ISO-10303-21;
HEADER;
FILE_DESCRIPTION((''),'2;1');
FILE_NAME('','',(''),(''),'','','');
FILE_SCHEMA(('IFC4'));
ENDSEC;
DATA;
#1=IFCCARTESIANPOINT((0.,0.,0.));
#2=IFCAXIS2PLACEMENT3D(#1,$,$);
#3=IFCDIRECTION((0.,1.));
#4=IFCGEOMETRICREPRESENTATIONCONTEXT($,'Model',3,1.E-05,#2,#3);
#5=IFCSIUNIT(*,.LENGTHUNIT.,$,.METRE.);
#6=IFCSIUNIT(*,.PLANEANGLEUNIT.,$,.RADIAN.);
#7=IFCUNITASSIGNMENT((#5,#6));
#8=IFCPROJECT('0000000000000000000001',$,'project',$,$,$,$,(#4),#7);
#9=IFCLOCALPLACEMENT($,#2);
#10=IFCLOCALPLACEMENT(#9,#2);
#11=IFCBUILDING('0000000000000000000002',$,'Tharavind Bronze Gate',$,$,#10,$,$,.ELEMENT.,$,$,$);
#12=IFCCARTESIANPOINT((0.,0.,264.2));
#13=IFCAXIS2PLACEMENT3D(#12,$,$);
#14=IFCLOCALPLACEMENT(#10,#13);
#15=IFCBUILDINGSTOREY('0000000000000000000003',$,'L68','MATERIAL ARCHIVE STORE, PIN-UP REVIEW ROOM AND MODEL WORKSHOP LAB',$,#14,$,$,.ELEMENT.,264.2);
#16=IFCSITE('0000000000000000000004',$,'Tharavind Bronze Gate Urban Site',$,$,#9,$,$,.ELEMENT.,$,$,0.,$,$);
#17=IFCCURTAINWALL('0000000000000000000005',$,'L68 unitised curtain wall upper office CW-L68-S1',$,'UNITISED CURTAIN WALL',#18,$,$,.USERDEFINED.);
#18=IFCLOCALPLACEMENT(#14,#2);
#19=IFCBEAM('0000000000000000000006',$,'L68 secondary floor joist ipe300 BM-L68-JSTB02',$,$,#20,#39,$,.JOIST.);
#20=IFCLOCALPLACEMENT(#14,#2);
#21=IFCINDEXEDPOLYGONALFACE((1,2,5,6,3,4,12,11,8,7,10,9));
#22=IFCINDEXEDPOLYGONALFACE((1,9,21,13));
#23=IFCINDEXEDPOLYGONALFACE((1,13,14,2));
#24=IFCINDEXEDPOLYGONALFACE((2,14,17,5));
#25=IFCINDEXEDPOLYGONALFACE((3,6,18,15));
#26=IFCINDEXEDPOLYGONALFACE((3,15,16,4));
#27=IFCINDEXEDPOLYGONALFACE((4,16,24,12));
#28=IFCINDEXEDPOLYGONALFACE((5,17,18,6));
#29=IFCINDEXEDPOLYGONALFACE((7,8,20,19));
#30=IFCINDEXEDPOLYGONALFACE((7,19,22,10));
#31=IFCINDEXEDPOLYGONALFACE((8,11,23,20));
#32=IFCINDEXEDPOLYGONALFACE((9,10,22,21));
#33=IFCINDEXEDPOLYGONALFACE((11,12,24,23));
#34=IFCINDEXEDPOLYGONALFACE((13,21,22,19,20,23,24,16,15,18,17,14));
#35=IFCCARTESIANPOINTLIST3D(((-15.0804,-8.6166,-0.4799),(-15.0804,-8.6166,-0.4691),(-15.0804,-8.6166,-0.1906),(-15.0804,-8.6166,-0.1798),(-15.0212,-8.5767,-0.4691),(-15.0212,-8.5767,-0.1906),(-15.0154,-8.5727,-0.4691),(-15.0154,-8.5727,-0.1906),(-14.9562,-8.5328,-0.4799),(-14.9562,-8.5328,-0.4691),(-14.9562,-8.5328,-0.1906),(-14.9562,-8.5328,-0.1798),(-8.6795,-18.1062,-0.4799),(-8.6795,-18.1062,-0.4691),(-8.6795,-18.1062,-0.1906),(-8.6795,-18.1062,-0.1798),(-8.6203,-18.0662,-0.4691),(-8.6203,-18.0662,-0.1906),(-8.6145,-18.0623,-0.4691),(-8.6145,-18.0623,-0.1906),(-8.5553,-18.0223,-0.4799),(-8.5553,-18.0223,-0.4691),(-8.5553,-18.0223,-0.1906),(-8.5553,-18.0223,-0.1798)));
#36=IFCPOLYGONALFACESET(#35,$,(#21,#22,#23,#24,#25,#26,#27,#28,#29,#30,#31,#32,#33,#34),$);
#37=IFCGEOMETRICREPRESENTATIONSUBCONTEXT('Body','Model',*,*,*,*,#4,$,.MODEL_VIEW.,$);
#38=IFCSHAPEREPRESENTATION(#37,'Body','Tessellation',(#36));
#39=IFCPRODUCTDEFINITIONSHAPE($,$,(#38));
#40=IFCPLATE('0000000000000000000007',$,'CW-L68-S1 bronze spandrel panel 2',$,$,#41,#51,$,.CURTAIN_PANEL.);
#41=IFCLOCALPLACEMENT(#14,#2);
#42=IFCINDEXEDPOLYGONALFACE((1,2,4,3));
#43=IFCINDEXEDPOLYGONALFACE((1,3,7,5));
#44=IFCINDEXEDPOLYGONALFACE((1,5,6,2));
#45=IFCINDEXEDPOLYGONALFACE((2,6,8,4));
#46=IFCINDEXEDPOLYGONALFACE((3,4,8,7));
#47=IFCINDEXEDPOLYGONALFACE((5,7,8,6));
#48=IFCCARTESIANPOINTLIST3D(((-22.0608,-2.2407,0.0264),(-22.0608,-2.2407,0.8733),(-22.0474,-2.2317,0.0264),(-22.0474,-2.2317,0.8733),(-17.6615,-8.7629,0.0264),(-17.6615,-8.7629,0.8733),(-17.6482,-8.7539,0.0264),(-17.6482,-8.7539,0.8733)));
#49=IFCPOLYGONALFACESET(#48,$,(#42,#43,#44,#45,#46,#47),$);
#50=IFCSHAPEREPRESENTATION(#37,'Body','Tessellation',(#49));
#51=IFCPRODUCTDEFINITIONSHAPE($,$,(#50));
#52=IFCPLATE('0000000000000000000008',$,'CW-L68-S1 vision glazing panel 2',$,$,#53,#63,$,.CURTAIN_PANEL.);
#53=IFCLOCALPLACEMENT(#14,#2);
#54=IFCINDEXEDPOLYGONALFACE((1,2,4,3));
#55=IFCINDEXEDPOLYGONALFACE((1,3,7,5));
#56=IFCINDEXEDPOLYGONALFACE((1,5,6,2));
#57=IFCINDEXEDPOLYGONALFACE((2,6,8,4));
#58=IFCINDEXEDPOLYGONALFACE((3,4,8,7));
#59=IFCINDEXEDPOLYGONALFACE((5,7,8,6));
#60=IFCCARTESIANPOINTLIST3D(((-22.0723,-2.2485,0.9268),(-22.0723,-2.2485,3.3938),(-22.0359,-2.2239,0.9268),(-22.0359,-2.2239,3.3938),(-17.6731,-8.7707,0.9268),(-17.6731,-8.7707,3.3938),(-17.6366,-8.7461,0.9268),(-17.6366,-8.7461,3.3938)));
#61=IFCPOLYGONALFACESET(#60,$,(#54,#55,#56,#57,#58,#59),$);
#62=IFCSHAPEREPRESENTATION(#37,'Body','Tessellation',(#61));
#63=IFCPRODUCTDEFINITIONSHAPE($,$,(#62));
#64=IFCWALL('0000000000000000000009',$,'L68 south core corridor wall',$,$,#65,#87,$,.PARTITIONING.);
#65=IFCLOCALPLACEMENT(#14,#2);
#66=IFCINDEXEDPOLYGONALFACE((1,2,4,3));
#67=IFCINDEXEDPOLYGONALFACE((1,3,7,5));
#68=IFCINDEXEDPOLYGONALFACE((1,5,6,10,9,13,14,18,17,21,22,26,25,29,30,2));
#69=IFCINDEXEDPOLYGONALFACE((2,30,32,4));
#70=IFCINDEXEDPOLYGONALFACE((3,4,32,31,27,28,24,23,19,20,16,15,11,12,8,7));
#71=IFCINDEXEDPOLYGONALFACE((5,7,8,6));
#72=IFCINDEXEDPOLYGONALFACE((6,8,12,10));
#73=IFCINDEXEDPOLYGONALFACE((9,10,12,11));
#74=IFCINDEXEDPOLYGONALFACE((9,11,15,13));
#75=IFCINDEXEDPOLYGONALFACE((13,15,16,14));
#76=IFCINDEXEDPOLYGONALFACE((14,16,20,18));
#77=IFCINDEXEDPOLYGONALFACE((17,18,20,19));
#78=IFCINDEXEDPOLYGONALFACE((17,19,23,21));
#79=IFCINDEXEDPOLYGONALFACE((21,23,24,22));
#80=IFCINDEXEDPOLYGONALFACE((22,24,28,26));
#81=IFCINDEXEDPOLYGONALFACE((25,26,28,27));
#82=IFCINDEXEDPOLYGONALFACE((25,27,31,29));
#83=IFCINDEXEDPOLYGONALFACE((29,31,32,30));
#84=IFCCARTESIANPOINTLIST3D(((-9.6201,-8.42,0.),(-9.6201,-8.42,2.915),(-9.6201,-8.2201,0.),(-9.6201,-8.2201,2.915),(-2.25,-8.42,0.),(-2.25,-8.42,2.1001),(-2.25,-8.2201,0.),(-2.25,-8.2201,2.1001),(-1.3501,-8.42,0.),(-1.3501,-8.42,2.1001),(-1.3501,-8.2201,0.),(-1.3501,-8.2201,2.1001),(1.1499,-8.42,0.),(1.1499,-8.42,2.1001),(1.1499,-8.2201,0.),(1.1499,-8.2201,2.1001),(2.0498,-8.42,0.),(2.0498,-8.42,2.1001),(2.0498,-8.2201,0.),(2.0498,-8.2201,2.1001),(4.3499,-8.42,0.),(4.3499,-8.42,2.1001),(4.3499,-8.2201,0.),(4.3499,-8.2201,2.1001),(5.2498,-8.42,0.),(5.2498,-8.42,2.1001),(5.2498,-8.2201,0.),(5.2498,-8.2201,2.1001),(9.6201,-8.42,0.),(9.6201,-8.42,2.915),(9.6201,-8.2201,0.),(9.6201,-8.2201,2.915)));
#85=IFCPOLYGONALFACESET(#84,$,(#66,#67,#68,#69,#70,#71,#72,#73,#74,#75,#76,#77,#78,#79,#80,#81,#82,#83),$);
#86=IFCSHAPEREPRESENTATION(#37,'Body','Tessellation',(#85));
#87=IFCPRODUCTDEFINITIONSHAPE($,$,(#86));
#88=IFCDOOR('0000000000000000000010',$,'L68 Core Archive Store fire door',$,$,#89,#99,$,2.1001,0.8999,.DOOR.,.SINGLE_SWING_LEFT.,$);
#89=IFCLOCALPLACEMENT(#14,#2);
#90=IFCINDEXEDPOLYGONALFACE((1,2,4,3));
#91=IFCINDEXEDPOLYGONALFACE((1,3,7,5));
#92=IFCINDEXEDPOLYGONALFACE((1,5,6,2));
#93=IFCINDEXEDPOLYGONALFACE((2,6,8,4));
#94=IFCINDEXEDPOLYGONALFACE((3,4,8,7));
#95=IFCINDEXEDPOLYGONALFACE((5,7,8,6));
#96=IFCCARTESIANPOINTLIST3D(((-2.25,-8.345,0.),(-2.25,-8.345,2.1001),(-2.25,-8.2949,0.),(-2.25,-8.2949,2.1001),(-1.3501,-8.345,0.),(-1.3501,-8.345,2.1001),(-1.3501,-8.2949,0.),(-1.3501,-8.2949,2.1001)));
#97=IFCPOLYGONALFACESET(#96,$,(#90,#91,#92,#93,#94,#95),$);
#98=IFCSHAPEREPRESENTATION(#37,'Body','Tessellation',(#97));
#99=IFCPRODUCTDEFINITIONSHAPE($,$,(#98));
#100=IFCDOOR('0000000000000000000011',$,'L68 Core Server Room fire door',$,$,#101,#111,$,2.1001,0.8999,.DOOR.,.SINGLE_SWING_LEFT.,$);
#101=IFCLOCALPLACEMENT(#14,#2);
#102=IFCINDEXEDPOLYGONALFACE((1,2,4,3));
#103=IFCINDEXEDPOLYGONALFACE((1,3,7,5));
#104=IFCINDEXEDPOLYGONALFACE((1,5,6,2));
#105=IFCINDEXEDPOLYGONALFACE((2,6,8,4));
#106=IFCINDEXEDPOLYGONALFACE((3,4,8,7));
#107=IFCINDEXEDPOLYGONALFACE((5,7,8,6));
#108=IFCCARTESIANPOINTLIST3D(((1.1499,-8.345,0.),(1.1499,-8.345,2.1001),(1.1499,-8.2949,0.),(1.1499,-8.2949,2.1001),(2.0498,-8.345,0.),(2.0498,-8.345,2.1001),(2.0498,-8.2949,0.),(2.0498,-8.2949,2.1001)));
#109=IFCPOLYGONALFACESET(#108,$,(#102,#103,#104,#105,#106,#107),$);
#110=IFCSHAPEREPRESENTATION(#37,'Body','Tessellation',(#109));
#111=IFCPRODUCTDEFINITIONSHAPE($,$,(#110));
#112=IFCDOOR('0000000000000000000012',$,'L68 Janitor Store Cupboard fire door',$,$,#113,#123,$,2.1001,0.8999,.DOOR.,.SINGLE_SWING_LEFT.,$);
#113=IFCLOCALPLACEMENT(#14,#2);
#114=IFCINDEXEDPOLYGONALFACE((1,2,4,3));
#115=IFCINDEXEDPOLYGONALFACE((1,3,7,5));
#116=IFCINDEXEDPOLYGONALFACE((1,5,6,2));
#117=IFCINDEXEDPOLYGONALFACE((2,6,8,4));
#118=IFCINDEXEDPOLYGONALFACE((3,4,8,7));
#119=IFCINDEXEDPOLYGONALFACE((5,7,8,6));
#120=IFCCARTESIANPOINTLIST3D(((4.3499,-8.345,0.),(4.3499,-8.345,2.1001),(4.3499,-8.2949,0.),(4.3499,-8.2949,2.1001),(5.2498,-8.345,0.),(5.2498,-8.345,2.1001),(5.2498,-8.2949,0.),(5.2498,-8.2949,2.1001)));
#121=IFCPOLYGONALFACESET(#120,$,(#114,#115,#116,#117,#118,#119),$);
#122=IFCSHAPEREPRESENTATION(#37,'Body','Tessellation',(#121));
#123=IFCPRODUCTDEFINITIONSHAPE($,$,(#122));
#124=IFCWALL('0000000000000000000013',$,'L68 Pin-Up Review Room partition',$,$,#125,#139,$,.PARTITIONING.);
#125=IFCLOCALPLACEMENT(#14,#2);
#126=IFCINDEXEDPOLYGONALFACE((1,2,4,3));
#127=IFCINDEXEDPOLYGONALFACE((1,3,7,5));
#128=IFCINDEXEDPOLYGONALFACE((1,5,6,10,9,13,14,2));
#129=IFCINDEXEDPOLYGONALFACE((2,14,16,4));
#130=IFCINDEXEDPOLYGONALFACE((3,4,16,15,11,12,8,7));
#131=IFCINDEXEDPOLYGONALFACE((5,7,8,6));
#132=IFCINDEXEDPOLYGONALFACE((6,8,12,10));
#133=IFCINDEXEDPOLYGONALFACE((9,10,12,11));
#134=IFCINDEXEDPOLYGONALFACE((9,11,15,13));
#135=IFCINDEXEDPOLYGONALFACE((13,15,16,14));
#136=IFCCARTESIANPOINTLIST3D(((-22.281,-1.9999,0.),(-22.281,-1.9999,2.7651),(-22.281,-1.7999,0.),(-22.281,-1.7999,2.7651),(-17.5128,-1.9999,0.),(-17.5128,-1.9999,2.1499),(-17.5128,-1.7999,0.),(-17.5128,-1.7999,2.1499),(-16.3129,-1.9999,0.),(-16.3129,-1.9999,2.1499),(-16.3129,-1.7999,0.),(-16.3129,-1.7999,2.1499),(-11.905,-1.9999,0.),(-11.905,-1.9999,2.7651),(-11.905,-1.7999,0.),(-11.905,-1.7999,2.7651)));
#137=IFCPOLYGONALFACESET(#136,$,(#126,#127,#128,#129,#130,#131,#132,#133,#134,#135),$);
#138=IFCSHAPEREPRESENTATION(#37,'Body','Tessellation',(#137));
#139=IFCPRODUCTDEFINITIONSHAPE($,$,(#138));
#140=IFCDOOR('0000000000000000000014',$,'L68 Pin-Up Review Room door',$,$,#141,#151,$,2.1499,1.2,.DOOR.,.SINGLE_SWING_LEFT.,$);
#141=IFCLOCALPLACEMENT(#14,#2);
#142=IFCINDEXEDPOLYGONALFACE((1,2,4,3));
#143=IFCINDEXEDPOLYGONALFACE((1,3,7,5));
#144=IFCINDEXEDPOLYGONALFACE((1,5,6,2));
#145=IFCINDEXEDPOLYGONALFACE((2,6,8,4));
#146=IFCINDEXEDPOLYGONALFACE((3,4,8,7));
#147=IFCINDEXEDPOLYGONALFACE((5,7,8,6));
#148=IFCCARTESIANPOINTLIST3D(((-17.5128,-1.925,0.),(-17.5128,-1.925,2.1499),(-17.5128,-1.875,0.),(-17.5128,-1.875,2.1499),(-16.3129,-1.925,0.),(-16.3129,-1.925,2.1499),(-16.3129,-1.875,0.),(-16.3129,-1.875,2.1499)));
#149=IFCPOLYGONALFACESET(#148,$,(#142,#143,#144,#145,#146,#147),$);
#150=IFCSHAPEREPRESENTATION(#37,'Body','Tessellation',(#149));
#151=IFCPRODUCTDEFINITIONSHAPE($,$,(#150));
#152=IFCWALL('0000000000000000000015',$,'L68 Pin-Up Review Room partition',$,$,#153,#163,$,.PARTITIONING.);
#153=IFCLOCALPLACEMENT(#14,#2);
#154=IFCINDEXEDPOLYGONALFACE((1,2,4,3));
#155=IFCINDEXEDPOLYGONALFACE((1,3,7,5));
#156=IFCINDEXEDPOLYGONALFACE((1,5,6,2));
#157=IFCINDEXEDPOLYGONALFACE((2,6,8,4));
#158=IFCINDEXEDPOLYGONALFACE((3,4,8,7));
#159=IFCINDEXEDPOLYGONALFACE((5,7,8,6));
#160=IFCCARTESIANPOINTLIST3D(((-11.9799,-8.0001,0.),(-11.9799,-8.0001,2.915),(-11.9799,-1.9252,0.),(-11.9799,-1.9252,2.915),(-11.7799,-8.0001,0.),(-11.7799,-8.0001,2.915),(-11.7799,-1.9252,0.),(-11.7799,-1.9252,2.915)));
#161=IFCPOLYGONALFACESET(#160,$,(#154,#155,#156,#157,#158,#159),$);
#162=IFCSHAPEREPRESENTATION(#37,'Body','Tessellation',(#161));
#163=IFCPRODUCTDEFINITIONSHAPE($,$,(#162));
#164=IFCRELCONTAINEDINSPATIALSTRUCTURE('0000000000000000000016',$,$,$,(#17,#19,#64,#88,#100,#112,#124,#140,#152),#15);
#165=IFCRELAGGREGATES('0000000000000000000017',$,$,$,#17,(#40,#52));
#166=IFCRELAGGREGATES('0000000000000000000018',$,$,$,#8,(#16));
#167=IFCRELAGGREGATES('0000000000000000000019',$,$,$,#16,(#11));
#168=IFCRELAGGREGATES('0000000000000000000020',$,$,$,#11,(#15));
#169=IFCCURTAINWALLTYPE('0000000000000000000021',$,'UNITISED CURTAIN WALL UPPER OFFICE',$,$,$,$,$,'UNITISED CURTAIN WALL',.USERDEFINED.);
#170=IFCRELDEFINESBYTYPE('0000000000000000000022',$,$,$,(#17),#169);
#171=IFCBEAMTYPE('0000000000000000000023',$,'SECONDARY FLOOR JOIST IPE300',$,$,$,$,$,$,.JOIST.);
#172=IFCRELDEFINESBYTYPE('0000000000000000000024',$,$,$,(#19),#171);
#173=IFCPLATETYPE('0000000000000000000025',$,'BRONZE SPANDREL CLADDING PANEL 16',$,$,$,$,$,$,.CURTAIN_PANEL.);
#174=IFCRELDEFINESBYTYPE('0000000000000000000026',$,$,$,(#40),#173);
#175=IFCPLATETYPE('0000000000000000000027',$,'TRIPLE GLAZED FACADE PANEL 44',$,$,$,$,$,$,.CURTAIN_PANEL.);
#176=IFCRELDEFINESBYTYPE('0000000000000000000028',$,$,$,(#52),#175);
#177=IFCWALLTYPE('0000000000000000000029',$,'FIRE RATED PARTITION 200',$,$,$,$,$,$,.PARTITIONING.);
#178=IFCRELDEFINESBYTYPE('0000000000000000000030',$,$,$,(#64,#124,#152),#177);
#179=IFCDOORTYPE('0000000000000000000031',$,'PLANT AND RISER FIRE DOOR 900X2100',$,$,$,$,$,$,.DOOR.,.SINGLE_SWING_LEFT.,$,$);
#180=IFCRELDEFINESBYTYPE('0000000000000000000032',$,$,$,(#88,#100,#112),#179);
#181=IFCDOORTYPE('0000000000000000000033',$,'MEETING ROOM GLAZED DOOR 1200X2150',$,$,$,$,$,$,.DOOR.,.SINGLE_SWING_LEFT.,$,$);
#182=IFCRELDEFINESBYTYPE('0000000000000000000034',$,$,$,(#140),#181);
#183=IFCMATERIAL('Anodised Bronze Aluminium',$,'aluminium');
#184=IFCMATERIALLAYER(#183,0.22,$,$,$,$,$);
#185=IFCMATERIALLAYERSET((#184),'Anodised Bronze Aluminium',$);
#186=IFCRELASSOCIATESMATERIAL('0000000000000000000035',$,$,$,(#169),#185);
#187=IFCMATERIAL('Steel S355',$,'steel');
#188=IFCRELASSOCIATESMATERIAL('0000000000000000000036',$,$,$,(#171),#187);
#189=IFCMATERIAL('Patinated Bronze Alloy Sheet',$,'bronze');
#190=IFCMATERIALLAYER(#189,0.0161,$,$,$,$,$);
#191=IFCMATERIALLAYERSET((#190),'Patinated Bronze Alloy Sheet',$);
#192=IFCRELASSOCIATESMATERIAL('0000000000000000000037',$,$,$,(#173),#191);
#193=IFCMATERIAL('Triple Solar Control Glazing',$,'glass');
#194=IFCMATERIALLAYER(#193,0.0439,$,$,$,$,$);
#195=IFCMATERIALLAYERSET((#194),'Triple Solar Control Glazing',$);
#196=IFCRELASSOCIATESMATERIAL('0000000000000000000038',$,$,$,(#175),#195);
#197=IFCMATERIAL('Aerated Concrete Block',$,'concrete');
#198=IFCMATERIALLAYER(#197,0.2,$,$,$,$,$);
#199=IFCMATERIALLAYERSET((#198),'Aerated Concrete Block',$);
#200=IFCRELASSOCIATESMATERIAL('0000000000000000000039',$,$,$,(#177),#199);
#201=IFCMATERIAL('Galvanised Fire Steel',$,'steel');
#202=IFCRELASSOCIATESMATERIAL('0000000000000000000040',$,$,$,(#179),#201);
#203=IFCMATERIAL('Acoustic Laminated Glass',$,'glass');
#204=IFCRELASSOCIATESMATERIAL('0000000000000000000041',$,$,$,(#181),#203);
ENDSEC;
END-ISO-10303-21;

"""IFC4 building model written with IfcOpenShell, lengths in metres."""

from ifc_helpers import new_model, si_unit, direction, frame, frame_2d, origin, origin_2d, place, context, subcontext, project, spatial, rectangle, i_section, extrude, material, layer, layer_set, material_profile, profile_set, type_object, element, fill, aggregate, save


model = new_model("IFC4")

# Units and contexts
model_context = context("Model", 3, precision=1e-05, world=origin(), true_north=direction((0.0, 1.0)))
body_context = subcontext(model_context, "Body", "Model", "MODEL_VIEW")
ifc_project = project(units=[si_unit("LENGTHUNIT", "METRE"), si_unit("PLANEANGLEUNIT", "RADIAN")], contexts=[model_context])

# Site, building, storey
site_placement = place(None, origin())
site = spatial("IfcSite", under=ifc_project, at=site_placement, Name="Tharavind Bronze Gate Urban Site", CompositionType="ELEMENT", RefElevation=0.0)
building_placement = place(site_placement, origin())
building = spatial("IfcBuilding", under=site, at=building_placement, Name="Tharavind Bronze Gate", CompositionType="ELEMENT")
storey_placement = place(building_placement, frame((0.0, 0.0, 264.2)))
storey = spatial("IfcBuildingStorey", under=building, at=storey_placement, Name="L68", Description="MATERIAL ARCHIVE STORE, PIN-UP REVIEW ROOM AND MODEL WORKSHOP LAB", CompositionType="ELEMENT", Elevation=264.2)

# Curtain wall
ifc_material_1 = material(Name="Anodised Bronze Aluminium", Category="aluminium")
ifc_layer_1 = layer(ifc_material_1, 0.22)
ifc_layer_set_1 = layer_set([ifc_layer_1], Name="Anodised Bronze Aluminium")
curtain_wall_type = type_object("IfcCurtainWallType", Name="UNITISED CURTAIN WALL UPPER OFFICE", ElementType="UNITISED CURTAIN WALL", PredefinedType="USERDEFINED", material=ifc_layer_set_1)
curtain_wall_placement = place(storey_placement, origin())
curtain_wall = element("IfcCurtainWall", 1, at=curtain_wall_placement, inside=storey, type_object=curtain_wall_type, Name="L68 unitised curtain wall upper office CW-L68-S1", ObjectType="UNITISED CURTAIN WALL", PredefinedType="USERDEFINED")

# Beam
ifc_material_2 = material(Name="Steel S355", Category="steel")
ifc_material_profile_1 = material_profile(ifc_material_2, i_section(OverallWidth=0.1499, OverallDepth=0.3, WebThickness=0.0071, FlangeThickness=0.0107, at=origin_2d()), Name="IPE300")
ifc_profile_set_1 = profile_set([ifc_material_profile_1], Name="Steel S355")
beam_type_1 = type_object("IfcBeamType", Name="SECONDARY FLOOR JOIST IPE300", PredefinedType="JOIST", material=ifc_profile_set_1)
beam_1_placement = place(storey_placement, frame((-15.0183, -8.5747, -0.3298), z_axis=(0.559201, -0.829032, 0.0), x_axis=(0.829032, 0.559201, 0.0)))
element("IfcBeam", 2, at=beam_1_placement, inside=storey, type_object=beam_type_1, Name="L68 secondary floor joist ipe300 BM-L68-JSTB02", PredefinedType="JOIST", context=body_context, shape_type="SweptSolid", body=[
    extrude(i_section(OverallWidth=0.1499, OverallDepth=0.3, WebThickness=0.0071, FlangeThickness=0.0107, at=origin_2d()), origin(), (0.0, 0.0, 1.0), 11.4465),
])

# Plates
ifc_material_3 = material(Name="Patinated Bronze Alloy Sheet", Category="bronze")
ifc_layer_2 = layer(ifc_material_3, 0.0161)
ifc_layer_set_2 = layer_set([ifc_layer_2], Name="Patinated Bronze Alloy Sheet")
plate_type_1 = type_object("IfcPlateType", Name="BRONZE SPANDREL CLADDING PANEL 16", PredefinedType="CURTAIN_PANEL", material=ifc_layer_set_2)
plate_1_placement = place(storey_placement, frame((-19.8545, -5.4973, 0.0264), z_axis=(0.0, 0.0, 1.0), x_axis=(0.559191, -0.829039, 0.0)))
plate_1 = element("IfcPlate", 3, at=plate_1_placement, type_object=plate_type_1, Name="CW-L68-S1 bronze spandrel panel 2", PredefinedType="CURTAIN_PANEL", context=body_context, shape_type="SweptSolid", body=[
    extrude(rectangle(XDim=7.8672, YDim=0.0161, at=origin_2d()), origin(), (0.0, 0.0, 1.0), 0.8469),
])
ifc_material_4 = material(Name="Triple Solar Control Glazing", Category="glass")
ifc_layer_3 = layer(ifc_material_4, 0.0439)
ifc_layer_set_3 = layer_set([ifc_layer_3], Name="Triple Solar Control Glazing")
plate_type_2 = type_object("IfcPlateType", Name="TRIPLE GLAZED FACADE PANEL 44", PredefinedType="CURTAIN_PANEL", material=ifc_layer_set_3)
plate_2_placement = place(storey_placement, frame((-19.8545, -5.4973, 0.9268), z_axis=(0.0, 0.0, 1.0), x_axis=(0.559191, -0.829039, 0.0)))
plate_2 = element("IfcPlate", 4, at=plate_2_placement, type_object=plate_type_2, Name="CW-L68-S1 vision glazing panel 2", PredefinedType="CURTAIN_PANEL", context=body_context, shape_type="SweptSolid", body=[
    extrude(rectangle(XDim=7.8672, YDim=0.0439, at=origin_2d()), origin(), (0.0, 0.0, 1.0), 2.467),
])
aggregate(curtain_wall, [plate_1, plate_2])

# Wall, openings, doors
ifc_material_5 = material(Name="Aerated Concrete Block", Category="concrete")
ifc_layer_4 = layer(ifc_material_5, 0.2)
ifc_layer_set_4 = layer_set([ifc_layer_4], Name="Aerated Concrete Block")
wall_type_1 = type_object("IfcWallType", Name="FIRE RATED PARTITION 200", PredefinedType="PARTITIONING", material=ifc_layer_set_4)
wall_1_placement = place(storey_placement, frame((-9.6201, -8.3201, 0.0), z_axis=(0.0, 0.0, 1.0), x_axis=(1.0, 0.0, 0.0)))
wall_1 = element("IfcWall", 5, at=wall_1_placement, inside=storey, type_object=wall_type_1, Name="L68 south core corridor wall", PredefinedType="PARTITIONING", context=body_context, shape_type="SweptSolid", body=[
    extrude(rectangle(XDim=19.2402, YDim=0.2, at=frame_2d((9.6201, 0.0))), origin(), (0.0, 0.0, 1.0), 2.915),
])
opening_1_placement = place(wall_1_placement, frame((7.3701, 0.0, 0.0)))
opening_1 = element("IfcOpeningElement", 6, at=opening_1_placement, cuts=wall_1, PredefinedType="OPENING", context=body_context, shape_type="SweptSolid", body=[
    extrude(rectangle(XDim=0.8999, YDim=2.1001, at=frame_2d((0.45, 1.05))), frame((0.0, 0.1101, 0.0), z_axis=(0.0, -1.0, 0.0), x_axis=(1.0, 0.0, 0.0)), (0.0, 0.0, 1.0), 0.22),
])
opening_2_placement = place(wall_1_placement, frame((10.77, 0.0, 0.0)))
opening_2 = element("IfcOpeningElement", 7, at=opening_2_placement, cuts=wall_1, PredefinedType="OPENING", context=body_context, shape_type="SweptSolid", body=[
    extrude(rectangle(XDim=0.8999, YDim=2.1001, at=frame_2d((0.45, 1.05))), frame((0.0, 0.1101, 0.0), z_axis=(0.0, -1.0, 0.0), x_axis=(1.0, 0.0, 0.0)), (0.0, 0.0, 1.0), 0.22),
])
opening_3_placement = place(wall_1_placement, frame((13.97, 0.0, 0.0)))
opening_3 = element("IfcOpeningElement", 8, at=opening_3_placement, cuts=wall_1, PredefinedType="OPENING", context=body_context, shape_type="SweptSolid", body=[
    extrude(rectangle(XDim=0.8999, YDim=2.1001, at=frame_2d((0.45, 1.05))), frame((0.0, 0.1101, 0.0), z_axis=(0.0, -1.0, 0.0), x_axis=(1.0, 0.0, 0.0)), (0.0, 0.0, 1.0), 0.22),
])
ifc_material_6 = material(Name="Galvanised Fire Steel", Category="steel")
door_type_1 = type_object("IfcDoorType", Name="PLANT AND RISER FIRE DOOR 900X2100", OperationType="SINGLE_SWING_LEFT", PredefinedType="DOOR", material=ifc_material_6)
door_1_placement = place(opening_1_placement, frame((0.8999, 0.0, 0.0), z_axis=(0.0, 0.0, 1.0), x_axis=(-1.0, 0.0, 0.0)))
door_1 = element("IfcDoor", 9, at=door_1_placement, inside=storey, type_object=door_type_1, Name="L68 Core Archive Store fire door", OperationType="SINGLE_SWING_LEFT", OverallHeight=2.1001, OverallWidth=0.8999, PredefinedType="DOOR", context=body_context, shape_type="SweptSolid", body=[
    extrude(rectangle(XDim=0.8999, YDim=2.1001, at=frame_2d((0.45, 1.05))), frame((0.0, 0.0249, 0.0), z_axis=(0.0, -1.0, 0.0), x_axis=(1.0, 0.0, 0.0)), (0.0, 0.0, 1.0), 0.05),
])
fill(opening_1, door_1)
door_2_placement = place(opening_2_placement, frame((0.8999, 0.0, 0.0), z_axis=(0.0, 0.0, 1.0), x_axis=(-1.0, 0.0, 0.0)))
door_2 = element("IfcDoor", 10, at=door_2_placement, inside=storey, type_object=door_type_1, Name="L68 Core Server Room fire door", OperationType="SINGLE_SWING_LEFT", OverallHeight=2.1001, OverallWidth=0.8999, PredefinedType="DOOR", context=body_context, shape_type="SweptSolid", body=[
    extrude(rectangle(XDim=0.8999, YDim=2.1001, at=frame_2d((0.45, 1.05))), frame((0.0, 0.0249, 0.0), z_axis=(0.0, -1.0, 0.0), x_axis=(1.0, 0.0, 0.0)), (0.0, 0.0, 1.0), 0.05),
])
fill(opening_2, door_2)
door_3_placement = place(opening_3_placement, frame((0.8999, 0.0, 0.0), z_axis=(0.0, 0.0, 1.0), x_axis=(-1.0, 0.0, 0.0)))
door_3 = element("IfcDoor", 11, at=door_3_placement, inside=storey, type_object=door_type_1, Name="L68 Janitor Store Cupboard fire door", OperationType="SINGLE_SWING_LEFT", OverallHeight=2.1001, OverallWidth=0.8999, PredefinedType="DOOR", context=body_context, shape_type="SweptSolid", body=[
    extrude(rectangle(XDim=0.8999, YDim=2.1001, at=frame_2d((0.45, 1.05))), frame((0.0, 0.0249, 0.0), z_axis=(0.0, -1.0, 0.0), x_axis=(1.0, 0.0, 0.0)), (0.0, 0.0, 1.0), 0.05),
])
fill(opening_3, door_3)

# Wall, opening, door
wall_2_placement = place(storey_placement, frame((-22.281, -1.8999, 0.0), z_axis=(0.0, 0.0, 1.0), x_axis=(1.0, 0.0, 0.0)))
wall_2 = element("IfcWall", 12, at=wall_2_placement, inside=storey, type_object=wall_type_1, Name="L68 Pin-Up Review Room partition", PredefinedType="PARTITIONING", context=body_context, shape_type="SweptSolid", body=[
    extrude(rectangle(XDim=10.376, YDim=0.2, at=frame_2d((5.188, 0.0))), origin(), (0.0, 0.0, 1.0), 2.7651),
])
opening_4_placement = place(wall_2_placement, frame((4.7681, 0.0, 0.0)))
opening_4 = element("IfcOpeningElement", 13, at=opening_4_placement, cuts=wall_2, PredefinedType="OPENING", context=body_context, shape_type="SweptSolid", body=[
    extrude(rectangle(XDim=1.2, YDim=2.1499, at=frame_2d((0.6001, 1.075))), frame((0.0, 0.1101, 0.0), z_axis=(0.0, -1.0, 0.0), x_axis=(1.0, 0.0, 0.0)), (0.0, 0.0, 1.0), 0.22),
])
ifc_material_7 = material(Name="Acoustic Laminated Glass", Category="glass")
door_type_2 = type_object("IfcDoorType", Name="MEETING ROOM GLAZED DOOR 1200X2150", OperationType="SINGLE_SWING_LEFT", PredefinedType="DOOR", material=ifc_material_7)
door_4_placement = place(opening_4_placement, origin())
door_4 = element("IfcDoor", 14, at=door_4_placement, inside=storey, type_object=door_type_2, Name="L68 Pin-Up Review Room door", OperationType="SINGLE_SWING_LEFT", OverallHeight=2.1499, OverallWidth=1.2, PredefinedType="DOOR", context=body_context, shape_type="SweptSolid", body=[
    extrude(rectangle(XDim=1.2, YDim=2.1499, at=frame_2d((0.6001, 1.075))), frame((0.0, 0.0249, 0.0), z_axis=(0.0, -1.0, 0.0), x_axis=(1.0, 0.0, 0.0)), (0.0, 0.0, 1.0), 0.05),
])
fill(opening_4, door_4)

# Wall
wall_3_placement = place(storey_placement, frame((-11.8799, -1.925, 0.0), z_axis=(0.0, 0.0, 1.0), x_axis=(0.0, -1.0, 0.0)))
element("IfcWall", 15, at=wall_3_placement, inside=storey, type_object=wall_type_1, Name="L68 Pin-Up Review Room partition", PredefinedType="PARTITIONING", context=body_context, shape_type="SweptSolid", body=[
    extrude(rectangle(XDim=6.075, YDim=0.2, at=frame_2d((3.0376, 0.0))), origin(), (0.0, 0.0, 1.0), 2.915),
])

save(model, "model.ifc")
